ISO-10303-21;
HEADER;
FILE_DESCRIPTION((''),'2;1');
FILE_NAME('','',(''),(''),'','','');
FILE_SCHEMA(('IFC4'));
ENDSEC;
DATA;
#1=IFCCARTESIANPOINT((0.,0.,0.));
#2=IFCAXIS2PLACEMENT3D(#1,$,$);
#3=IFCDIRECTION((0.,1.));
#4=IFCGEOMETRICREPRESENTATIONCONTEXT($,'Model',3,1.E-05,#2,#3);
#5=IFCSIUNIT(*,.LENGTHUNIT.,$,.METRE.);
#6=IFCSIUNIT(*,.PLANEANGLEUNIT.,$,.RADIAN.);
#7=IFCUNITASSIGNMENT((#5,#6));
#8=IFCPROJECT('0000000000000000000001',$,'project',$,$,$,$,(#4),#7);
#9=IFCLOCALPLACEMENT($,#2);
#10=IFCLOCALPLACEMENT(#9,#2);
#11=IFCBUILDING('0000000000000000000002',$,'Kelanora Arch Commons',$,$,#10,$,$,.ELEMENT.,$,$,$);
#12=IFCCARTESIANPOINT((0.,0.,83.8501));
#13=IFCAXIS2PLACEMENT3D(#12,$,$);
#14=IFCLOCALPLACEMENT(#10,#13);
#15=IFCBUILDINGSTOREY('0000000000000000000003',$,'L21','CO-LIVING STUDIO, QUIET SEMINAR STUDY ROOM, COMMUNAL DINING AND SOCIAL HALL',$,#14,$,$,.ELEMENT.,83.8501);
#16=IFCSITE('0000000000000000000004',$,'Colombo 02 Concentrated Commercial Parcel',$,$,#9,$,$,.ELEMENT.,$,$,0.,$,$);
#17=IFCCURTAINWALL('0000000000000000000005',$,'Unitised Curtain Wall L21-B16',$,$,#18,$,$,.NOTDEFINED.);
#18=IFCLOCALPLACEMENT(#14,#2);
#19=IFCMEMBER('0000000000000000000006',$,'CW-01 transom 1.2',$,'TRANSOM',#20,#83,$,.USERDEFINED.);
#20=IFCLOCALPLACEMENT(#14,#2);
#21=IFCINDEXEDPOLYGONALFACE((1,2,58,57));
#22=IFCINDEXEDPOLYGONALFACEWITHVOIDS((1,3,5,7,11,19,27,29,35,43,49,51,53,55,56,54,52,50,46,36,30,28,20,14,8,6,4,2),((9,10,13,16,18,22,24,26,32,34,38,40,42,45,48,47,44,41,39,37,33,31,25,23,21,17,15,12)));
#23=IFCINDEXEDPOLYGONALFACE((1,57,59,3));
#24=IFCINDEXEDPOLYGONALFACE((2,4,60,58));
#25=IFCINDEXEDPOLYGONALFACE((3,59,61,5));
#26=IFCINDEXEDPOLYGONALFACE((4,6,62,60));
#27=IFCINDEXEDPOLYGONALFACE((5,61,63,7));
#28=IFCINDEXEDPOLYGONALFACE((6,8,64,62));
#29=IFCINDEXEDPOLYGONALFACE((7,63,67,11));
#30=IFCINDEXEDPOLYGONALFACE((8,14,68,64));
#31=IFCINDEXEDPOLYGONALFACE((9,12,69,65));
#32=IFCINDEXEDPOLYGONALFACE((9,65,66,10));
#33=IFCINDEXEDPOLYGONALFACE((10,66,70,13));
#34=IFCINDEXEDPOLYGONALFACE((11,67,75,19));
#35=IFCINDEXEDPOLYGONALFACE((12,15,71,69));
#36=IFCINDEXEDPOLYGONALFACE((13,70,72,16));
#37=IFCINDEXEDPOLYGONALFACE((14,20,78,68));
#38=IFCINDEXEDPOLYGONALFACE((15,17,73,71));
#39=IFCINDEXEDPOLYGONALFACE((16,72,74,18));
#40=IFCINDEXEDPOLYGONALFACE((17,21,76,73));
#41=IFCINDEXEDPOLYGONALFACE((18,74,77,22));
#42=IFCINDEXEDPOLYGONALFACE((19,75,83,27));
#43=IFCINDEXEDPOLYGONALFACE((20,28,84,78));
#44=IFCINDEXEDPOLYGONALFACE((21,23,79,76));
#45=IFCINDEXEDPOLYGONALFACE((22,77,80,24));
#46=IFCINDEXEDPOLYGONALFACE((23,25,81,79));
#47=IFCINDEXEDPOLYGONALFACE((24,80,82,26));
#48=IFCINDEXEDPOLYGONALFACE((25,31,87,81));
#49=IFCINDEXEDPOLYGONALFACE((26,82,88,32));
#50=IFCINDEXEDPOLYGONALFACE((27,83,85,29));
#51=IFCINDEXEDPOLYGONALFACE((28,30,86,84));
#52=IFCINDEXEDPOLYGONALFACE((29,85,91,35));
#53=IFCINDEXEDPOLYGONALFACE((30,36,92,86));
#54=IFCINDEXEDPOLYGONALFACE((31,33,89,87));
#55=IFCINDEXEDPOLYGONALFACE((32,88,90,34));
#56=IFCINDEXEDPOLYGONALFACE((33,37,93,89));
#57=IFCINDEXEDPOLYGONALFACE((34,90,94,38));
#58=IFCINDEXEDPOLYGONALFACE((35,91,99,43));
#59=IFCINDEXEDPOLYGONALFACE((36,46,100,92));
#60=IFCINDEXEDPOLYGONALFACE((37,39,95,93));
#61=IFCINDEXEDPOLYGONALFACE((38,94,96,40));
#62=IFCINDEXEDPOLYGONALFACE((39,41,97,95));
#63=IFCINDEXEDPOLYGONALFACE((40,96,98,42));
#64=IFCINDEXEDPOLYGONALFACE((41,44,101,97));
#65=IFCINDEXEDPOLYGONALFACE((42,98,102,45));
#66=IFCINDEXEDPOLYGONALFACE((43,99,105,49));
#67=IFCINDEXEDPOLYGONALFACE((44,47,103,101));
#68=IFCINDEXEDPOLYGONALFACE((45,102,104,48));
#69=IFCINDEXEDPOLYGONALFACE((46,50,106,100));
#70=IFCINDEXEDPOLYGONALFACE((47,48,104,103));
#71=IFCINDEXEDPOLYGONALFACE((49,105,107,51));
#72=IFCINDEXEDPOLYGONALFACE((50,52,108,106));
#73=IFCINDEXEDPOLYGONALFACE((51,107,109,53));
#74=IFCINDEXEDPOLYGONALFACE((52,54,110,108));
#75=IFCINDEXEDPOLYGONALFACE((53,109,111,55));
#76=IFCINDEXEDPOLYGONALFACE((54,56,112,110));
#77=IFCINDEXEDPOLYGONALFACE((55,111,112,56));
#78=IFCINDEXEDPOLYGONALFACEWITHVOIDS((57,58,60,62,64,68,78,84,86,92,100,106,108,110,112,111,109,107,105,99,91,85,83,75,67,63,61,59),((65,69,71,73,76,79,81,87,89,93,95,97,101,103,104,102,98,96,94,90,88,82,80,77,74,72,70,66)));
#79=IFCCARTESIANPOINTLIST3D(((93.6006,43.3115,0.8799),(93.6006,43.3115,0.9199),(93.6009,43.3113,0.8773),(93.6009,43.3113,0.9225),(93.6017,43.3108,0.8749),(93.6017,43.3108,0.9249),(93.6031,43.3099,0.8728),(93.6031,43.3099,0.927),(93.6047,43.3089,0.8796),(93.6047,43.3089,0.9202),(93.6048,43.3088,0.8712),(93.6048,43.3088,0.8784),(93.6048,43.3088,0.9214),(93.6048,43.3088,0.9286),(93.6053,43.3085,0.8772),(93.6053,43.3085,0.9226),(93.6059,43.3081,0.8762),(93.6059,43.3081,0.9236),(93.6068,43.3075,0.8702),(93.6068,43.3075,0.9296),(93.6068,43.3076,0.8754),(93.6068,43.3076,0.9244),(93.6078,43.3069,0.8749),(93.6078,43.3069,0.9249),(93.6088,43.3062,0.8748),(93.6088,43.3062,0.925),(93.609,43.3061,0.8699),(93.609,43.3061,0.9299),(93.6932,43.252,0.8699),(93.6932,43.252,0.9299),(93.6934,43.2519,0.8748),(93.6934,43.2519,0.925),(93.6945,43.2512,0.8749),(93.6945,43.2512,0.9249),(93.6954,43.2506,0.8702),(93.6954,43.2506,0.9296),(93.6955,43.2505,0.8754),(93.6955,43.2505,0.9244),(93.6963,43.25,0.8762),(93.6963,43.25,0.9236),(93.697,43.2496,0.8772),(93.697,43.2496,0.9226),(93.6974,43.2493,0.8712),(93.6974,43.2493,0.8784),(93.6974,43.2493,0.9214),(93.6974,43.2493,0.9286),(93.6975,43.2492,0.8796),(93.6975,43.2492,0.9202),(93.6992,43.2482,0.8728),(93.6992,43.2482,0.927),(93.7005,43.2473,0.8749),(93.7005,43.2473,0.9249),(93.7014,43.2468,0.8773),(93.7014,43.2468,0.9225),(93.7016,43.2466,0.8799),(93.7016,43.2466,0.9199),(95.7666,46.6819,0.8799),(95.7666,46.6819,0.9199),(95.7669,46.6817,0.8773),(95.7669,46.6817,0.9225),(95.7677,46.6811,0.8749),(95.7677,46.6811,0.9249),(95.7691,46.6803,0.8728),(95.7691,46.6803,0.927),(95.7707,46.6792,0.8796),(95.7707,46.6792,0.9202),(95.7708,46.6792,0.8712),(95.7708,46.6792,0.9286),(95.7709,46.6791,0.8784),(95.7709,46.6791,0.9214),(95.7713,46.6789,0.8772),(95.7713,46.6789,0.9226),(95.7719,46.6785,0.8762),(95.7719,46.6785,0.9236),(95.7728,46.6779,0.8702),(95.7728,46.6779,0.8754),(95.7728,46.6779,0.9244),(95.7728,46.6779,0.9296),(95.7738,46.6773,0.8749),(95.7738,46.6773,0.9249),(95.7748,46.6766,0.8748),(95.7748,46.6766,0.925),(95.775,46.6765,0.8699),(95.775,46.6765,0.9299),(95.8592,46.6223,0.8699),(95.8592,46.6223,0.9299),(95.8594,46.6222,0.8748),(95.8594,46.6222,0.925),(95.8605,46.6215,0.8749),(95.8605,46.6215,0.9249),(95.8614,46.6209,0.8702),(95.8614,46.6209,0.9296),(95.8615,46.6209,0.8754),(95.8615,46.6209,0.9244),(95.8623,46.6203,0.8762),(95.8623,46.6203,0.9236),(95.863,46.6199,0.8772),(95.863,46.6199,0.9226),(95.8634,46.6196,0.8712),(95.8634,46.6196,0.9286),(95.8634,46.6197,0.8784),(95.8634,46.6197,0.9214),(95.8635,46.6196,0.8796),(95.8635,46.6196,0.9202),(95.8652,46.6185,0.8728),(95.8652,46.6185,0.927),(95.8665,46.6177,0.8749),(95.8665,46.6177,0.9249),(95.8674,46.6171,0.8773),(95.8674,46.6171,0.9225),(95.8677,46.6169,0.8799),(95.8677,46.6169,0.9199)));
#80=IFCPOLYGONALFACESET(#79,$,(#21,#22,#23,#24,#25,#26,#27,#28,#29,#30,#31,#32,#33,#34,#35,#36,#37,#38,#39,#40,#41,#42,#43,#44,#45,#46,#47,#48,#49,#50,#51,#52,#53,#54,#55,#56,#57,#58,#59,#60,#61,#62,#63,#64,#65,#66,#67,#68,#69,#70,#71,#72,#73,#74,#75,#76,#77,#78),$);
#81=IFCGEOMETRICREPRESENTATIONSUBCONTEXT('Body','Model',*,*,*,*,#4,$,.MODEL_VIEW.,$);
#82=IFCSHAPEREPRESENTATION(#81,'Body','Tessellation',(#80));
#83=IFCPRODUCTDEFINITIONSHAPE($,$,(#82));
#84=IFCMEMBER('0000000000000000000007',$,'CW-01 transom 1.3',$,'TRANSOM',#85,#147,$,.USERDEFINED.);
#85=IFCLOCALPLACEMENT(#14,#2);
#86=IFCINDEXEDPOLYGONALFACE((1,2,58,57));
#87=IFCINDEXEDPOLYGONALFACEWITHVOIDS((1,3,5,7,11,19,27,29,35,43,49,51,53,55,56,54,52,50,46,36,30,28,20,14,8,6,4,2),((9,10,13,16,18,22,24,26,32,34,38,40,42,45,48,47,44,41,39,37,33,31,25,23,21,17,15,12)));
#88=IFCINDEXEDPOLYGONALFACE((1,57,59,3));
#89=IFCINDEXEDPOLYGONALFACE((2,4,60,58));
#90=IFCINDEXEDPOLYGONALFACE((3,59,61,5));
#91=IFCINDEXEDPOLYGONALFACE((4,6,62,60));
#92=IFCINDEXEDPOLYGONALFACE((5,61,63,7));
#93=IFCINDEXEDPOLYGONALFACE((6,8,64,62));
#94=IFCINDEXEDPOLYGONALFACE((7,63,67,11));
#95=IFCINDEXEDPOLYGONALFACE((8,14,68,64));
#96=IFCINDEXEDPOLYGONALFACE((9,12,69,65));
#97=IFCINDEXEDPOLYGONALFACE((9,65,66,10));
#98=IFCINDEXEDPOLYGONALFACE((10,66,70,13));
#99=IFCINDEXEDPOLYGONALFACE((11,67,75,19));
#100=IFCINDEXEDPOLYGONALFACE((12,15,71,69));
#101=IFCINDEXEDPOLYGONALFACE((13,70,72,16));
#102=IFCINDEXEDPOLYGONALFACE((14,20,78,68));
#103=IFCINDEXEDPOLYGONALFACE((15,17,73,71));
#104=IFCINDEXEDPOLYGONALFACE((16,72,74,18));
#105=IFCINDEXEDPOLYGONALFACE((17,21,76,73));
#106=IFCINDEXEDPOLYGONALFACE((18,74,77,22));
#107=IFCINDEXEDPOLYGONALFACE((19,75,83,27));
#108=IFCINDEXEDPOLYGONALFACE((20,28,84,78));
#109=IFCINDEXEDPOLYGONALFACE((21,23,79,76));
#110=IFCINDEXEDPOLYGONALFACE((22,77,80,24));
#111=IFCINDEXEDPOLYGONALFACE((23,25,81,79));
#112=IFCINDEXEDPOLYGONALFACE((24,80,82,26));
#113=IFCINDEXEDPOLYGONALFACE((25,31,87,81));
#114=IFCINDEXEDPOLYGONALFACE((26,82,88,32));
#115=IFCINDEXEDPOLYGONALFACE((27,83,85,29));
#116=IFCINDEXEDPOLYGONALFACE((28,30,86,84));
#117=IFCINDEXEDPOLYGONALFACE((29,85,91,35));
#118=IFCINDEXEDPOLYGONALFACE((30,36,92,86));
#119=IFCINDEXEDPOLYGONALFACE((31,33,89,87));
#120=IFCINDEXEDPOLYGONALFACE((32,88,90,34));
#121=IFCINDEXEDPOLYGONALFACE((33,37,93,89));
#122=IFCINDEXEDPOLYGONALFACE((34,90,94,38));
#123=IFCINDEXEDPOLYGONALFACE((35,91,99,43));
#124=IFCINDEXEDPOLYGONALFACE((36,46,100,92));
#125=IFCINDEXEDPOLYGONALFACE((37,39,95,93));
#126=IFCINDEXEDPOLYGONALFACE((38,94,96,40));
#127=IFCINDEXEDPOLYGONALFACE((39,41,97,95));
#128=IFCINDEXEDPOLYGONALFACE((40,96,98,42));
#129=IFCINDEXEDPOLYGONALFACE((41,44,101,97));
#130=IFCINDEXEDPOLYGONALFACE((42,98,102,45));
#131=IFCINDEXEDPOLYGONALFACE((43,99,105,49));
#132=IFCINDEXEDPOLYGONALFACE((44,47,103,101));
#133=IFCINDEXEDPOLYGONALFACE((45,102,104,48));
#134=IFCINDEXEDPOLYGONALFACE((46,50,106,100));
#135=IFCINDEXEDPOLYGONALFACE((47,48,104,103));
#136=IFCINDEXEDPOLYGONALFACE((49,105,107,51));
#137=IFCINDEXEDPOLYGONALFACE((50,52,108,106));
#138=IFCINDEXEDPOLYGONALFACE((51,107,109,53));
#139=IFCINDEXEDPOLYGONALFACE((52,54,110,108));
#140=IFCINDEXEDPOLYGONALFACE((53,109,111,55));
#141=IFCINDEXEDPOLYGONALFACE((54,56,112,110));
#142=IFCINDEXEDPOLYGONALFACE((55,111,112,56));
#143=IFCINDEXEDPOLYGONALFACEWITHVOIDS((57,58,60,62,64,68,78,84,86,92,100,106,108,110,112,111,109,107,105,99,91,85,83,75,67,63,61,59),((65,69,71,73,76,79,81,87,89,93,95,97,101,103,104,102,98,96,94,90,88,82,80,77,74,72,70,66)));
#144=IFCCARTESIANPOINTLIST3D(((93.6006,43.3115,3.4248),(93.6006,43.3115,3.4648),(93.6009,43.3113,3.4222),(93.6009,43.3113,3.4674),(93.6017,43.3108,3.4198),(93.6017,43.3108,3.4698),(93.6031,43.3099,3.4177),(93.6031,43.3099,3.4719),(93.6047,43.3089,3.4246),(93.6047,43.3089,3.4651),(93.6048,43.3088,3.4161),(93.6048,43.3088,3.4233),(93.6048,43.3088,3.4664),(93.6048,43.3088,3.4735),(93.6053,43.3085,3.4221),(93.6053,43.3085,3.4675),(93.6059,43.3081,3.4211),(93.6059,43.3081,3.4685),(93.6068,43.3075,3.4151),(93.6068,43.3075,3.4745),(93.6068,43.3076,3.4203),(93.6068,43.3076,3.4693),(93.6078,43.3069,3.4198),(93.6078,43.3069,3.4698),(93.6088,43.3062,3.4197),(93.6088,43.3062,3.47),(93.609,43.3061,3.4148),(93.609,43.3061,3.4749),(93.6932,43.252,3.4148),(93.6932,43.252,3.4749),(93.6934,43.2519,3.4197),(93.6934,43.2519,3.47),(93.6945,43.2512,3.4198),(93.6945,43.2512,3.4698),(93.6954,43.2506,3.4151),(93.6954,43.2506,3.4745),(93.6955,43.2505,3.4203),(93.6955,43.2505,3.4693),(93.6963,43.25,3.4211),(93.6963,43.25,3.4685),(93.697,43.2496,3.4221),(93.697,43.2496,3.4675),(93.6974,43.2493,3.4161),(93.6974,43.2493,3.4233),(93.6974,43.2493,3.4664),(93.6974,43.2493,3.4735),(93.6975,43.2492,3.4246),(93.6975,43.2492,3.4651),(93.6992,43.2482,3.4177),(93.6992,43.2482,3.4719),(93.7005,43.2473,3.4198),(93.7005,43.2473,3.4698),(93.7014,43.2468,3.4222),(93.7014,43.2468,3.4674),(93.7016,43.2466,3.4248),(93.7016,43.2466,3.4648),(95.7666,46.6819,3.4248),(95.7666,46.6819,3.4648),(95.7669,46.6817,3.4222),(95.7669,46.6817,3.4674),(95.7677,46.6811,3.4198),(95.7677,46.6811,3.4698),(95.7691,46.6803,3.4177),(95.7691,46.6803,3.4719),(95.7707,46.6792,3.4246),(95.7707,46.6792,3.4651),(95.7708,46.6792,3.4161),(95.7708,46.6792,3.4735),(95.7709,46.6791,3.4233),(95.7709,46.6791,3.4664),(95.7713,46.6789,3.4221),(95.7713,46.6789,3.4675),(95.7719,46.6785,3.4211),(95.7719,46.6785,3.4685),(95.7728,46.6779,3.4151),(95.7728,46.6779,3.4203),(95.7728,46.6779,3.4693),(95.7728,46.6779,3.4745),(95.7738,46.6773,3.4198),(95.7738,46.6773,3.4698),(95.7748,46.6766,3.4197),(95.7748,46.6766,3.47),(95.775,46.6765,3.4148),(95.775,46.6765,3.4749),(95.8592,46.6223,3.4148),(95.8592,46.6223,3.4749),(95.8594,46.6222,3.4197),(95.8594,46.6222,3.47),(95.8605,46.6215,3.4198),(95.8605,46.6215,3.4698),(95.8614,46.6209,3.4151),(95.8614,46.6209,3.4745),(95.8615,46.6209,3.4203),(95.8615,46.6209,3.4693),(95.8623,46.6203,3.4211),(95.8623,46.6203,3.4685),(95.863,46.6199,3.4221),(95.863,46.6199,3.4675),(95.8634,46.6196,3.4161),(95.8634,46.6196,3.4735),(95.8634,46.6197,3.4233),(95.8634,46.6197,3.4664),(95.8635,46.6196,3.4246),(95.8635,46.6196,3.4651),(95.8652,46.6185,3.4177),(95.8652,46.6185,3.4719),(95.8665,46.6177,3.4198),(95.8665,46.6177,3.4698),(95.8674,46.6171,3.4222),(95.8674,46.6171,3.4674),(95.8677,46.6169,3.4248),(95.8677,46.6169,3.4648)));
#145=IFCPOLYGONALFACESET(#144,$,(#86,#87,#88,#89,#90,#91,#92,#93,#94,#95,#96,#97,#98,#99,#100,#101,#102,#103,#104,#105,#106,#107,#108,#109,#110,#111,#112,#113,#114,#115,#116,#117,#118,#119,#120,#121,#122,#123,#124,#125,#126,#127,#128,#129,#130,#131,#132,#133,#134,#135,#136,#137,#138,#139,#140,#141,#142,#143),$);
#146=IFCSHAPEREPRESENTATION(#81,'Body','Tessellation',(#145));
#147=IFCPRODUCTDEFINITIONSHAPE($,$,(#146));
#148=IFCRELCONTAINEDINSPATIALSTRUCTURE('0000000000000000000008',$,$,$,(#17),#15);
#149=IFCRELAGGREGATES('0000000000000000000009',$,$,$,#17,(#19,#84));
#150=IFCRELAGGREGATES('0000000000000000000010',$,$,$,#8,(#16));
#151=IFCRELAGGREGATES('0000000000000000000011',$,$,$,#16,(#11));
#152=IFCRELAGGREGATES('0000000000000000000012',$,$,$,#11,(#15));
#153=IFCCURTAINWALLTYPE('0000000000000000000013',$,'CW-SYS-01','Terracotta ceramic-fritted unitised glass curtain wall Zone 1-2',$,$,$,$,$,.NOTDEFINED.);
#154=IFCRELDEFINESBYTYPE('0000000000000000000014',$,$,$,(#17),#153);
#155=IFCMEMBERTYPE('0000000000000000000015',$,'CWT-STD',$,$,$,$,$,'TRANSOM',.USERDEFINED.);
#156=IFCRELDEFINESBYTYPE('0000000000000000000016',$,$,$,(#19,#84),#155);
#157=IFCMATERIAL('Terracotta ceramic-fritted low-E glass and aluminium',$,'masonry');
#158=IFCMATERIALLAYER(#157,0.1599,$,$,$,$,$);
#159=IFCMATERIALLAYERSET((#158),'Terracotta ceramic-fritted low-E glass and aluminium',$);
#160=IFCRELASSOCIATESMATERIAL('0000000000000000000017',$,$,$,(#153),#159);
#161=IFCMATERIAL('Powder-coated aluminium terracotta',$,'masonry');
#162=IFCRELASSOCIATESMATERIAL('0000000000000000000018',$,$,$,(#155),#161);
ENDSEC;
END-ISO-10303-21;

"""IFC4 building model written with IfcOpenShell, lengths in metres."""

from ifc_helpers import new_model, si_unit, direction, frame, origin, origin_2d, place, context, subcontext, project, spatial, hollow_rectangle, extrude, material, layer, layer_set, material_profile, profile_set, type_object, element, aggregate, save


model = new_model("IFC4")

# Units and contexts
model_context = context("Model", 3, precision=1e-05, world=origin(), true_north=direction((0.0, 1.0)))
body_context = subcontext(model_context, "Body", "Model", "MODEL_VIEW")
ifc_project = project(units=[si_unit("LENGTHUNIT", "METRE"), si_unit("PLANEANGLEUNIT", "RADIAN")], contexts=[model_context])

# Site, building, storey
site_placement = place(None, origin())
site = spatial("IfcSite", under=ifc_project, at=site_placement, Name="Colombo 02 Concentrated Commercial Parcel", CompositionType="ELEMENT", RefElevation=0.0)
building_placement = place(site_placement, origin())
building = spatial("IfcBuilding", under=site, at=building_placement, Name="Kelanora Arch Commons", CompositionType="ELEMENT")
storey_placement = place(building_placement, frame((0.0, 0.0, 83.8501)))
storey = spatial("IfcBuildingStorey", under=building, at=storey_placement, Name="L21", Description="CO-LIVING STUDIO, QUIET SEMINAR STUDY ROOM, COMMUNAL DINING AND SOCIAL HALL", CompositionType="ELEMENT", Elevation=83.8501)

# Shared definitions
ifc_material_1 = material(Name="Terracotta ceramic-fritted low-E glass and aluminium", Category="masonry")
ifc_layer_1 = layer(ifc_material_1, 0.1599)
ifc_layer_set_1 = layer_set([ifc_layer_1], Name="Terracotta ceramic-fritted low-E glass and aluminium")
curtain_wall_type = type_object("IfcCurtainWallType", Name="CW-SYS-01", Description="Terracotta ceramic-fritted unitised glass curtain wall Zone 1-2", PredefinedType="NOTDEFINED", material=ifc_layer_set_1)
ifc_material_2 = material(Name="Powder-coated aluminium terracotta", Category="masonry")

# Curtain wall, members
curtain_wall_1_placement = place(storey_placement, origin())
curtain_wall_1 = element("IfcCurtainWall", 1, at=curtain_wall_1_placement, inside=storey, type_object=curtain_wall_type, Name="Unitised Curtain Wall L21-B16", PredefinedType="NOTDEFINED")
ifc_material_profile_1 = material_profile(ifc_material_2, hollow_rectangle(XDim=0.1201, YDim=0.0601, WallThickness=0.0049, InnerFilletRadius=0.0049, OuterFilletRadius=0.01, at=origin_2d()), Name="CWT120x60")
ifc_profile_set_1 = profile_set([ifc_material_profile_1], Name="Powder-coated aluminium terracotta")
member_type_1 = type_object("IfcMemberType", Name="CWT-STD", ElementType="TRANSOM", PredefinedType="USERDEFINED", material=ifc_profile_set_1)
member_1_placement = place(storey_placement, frame((93.6511, 43.2791, 0.8999), z_axis=(0.540644, 0.841252, 0.0), x_axis=(-0.841252, 0.540644, 0.0)))
member_1 = element("IfcMember", 2, at=member_1_placement, type_object=member_type_1, Name="CW-01 transom 1.2", ObjectType="TRANSOM", PredefinedType="USERDEFINED", context=body_context, shape_type="SweptSolid", body=[
    extrude(hollow_rectangle(XDim=0.1201, YDim=0.0601, WallThickness=0.0049, InnerFilletRadius=0.0049, OuterFilletRadius=0.01, at=origin_2d()), origin(), (0.0, 0.0, 1.0), 4.0063),
])
member_2_placement = place(storey_placement, frame((93.6511, 43.2791, 3.4448), z_axis=(0.540644, 0.841252, 0.0), x_axis=(-0.841252, 0.540644, 0.0)))
member_2 = element("IfcMember", 3, at=member_2_placement, type_object=member_type_1, Name="CW-01 transom 1.3", ObjectType="TRANSOM", PredefinedType="USERDEFINED", context=body_context, shape_type="SweptSolid", body=[
    extrude(hollow_rectangle(XDim=0.1201, YDim=0.0601, WallThickness=0.0049, InnerFilletRadius=0.0049, OuterFilletRadius=0.01, at=origin_2d()), origin(), (0.0, 0.0, 1.0), 4.0063),
])
aggregate(curtain_wall_1, [member_1, member_2])

save(model, "model.ifc")
